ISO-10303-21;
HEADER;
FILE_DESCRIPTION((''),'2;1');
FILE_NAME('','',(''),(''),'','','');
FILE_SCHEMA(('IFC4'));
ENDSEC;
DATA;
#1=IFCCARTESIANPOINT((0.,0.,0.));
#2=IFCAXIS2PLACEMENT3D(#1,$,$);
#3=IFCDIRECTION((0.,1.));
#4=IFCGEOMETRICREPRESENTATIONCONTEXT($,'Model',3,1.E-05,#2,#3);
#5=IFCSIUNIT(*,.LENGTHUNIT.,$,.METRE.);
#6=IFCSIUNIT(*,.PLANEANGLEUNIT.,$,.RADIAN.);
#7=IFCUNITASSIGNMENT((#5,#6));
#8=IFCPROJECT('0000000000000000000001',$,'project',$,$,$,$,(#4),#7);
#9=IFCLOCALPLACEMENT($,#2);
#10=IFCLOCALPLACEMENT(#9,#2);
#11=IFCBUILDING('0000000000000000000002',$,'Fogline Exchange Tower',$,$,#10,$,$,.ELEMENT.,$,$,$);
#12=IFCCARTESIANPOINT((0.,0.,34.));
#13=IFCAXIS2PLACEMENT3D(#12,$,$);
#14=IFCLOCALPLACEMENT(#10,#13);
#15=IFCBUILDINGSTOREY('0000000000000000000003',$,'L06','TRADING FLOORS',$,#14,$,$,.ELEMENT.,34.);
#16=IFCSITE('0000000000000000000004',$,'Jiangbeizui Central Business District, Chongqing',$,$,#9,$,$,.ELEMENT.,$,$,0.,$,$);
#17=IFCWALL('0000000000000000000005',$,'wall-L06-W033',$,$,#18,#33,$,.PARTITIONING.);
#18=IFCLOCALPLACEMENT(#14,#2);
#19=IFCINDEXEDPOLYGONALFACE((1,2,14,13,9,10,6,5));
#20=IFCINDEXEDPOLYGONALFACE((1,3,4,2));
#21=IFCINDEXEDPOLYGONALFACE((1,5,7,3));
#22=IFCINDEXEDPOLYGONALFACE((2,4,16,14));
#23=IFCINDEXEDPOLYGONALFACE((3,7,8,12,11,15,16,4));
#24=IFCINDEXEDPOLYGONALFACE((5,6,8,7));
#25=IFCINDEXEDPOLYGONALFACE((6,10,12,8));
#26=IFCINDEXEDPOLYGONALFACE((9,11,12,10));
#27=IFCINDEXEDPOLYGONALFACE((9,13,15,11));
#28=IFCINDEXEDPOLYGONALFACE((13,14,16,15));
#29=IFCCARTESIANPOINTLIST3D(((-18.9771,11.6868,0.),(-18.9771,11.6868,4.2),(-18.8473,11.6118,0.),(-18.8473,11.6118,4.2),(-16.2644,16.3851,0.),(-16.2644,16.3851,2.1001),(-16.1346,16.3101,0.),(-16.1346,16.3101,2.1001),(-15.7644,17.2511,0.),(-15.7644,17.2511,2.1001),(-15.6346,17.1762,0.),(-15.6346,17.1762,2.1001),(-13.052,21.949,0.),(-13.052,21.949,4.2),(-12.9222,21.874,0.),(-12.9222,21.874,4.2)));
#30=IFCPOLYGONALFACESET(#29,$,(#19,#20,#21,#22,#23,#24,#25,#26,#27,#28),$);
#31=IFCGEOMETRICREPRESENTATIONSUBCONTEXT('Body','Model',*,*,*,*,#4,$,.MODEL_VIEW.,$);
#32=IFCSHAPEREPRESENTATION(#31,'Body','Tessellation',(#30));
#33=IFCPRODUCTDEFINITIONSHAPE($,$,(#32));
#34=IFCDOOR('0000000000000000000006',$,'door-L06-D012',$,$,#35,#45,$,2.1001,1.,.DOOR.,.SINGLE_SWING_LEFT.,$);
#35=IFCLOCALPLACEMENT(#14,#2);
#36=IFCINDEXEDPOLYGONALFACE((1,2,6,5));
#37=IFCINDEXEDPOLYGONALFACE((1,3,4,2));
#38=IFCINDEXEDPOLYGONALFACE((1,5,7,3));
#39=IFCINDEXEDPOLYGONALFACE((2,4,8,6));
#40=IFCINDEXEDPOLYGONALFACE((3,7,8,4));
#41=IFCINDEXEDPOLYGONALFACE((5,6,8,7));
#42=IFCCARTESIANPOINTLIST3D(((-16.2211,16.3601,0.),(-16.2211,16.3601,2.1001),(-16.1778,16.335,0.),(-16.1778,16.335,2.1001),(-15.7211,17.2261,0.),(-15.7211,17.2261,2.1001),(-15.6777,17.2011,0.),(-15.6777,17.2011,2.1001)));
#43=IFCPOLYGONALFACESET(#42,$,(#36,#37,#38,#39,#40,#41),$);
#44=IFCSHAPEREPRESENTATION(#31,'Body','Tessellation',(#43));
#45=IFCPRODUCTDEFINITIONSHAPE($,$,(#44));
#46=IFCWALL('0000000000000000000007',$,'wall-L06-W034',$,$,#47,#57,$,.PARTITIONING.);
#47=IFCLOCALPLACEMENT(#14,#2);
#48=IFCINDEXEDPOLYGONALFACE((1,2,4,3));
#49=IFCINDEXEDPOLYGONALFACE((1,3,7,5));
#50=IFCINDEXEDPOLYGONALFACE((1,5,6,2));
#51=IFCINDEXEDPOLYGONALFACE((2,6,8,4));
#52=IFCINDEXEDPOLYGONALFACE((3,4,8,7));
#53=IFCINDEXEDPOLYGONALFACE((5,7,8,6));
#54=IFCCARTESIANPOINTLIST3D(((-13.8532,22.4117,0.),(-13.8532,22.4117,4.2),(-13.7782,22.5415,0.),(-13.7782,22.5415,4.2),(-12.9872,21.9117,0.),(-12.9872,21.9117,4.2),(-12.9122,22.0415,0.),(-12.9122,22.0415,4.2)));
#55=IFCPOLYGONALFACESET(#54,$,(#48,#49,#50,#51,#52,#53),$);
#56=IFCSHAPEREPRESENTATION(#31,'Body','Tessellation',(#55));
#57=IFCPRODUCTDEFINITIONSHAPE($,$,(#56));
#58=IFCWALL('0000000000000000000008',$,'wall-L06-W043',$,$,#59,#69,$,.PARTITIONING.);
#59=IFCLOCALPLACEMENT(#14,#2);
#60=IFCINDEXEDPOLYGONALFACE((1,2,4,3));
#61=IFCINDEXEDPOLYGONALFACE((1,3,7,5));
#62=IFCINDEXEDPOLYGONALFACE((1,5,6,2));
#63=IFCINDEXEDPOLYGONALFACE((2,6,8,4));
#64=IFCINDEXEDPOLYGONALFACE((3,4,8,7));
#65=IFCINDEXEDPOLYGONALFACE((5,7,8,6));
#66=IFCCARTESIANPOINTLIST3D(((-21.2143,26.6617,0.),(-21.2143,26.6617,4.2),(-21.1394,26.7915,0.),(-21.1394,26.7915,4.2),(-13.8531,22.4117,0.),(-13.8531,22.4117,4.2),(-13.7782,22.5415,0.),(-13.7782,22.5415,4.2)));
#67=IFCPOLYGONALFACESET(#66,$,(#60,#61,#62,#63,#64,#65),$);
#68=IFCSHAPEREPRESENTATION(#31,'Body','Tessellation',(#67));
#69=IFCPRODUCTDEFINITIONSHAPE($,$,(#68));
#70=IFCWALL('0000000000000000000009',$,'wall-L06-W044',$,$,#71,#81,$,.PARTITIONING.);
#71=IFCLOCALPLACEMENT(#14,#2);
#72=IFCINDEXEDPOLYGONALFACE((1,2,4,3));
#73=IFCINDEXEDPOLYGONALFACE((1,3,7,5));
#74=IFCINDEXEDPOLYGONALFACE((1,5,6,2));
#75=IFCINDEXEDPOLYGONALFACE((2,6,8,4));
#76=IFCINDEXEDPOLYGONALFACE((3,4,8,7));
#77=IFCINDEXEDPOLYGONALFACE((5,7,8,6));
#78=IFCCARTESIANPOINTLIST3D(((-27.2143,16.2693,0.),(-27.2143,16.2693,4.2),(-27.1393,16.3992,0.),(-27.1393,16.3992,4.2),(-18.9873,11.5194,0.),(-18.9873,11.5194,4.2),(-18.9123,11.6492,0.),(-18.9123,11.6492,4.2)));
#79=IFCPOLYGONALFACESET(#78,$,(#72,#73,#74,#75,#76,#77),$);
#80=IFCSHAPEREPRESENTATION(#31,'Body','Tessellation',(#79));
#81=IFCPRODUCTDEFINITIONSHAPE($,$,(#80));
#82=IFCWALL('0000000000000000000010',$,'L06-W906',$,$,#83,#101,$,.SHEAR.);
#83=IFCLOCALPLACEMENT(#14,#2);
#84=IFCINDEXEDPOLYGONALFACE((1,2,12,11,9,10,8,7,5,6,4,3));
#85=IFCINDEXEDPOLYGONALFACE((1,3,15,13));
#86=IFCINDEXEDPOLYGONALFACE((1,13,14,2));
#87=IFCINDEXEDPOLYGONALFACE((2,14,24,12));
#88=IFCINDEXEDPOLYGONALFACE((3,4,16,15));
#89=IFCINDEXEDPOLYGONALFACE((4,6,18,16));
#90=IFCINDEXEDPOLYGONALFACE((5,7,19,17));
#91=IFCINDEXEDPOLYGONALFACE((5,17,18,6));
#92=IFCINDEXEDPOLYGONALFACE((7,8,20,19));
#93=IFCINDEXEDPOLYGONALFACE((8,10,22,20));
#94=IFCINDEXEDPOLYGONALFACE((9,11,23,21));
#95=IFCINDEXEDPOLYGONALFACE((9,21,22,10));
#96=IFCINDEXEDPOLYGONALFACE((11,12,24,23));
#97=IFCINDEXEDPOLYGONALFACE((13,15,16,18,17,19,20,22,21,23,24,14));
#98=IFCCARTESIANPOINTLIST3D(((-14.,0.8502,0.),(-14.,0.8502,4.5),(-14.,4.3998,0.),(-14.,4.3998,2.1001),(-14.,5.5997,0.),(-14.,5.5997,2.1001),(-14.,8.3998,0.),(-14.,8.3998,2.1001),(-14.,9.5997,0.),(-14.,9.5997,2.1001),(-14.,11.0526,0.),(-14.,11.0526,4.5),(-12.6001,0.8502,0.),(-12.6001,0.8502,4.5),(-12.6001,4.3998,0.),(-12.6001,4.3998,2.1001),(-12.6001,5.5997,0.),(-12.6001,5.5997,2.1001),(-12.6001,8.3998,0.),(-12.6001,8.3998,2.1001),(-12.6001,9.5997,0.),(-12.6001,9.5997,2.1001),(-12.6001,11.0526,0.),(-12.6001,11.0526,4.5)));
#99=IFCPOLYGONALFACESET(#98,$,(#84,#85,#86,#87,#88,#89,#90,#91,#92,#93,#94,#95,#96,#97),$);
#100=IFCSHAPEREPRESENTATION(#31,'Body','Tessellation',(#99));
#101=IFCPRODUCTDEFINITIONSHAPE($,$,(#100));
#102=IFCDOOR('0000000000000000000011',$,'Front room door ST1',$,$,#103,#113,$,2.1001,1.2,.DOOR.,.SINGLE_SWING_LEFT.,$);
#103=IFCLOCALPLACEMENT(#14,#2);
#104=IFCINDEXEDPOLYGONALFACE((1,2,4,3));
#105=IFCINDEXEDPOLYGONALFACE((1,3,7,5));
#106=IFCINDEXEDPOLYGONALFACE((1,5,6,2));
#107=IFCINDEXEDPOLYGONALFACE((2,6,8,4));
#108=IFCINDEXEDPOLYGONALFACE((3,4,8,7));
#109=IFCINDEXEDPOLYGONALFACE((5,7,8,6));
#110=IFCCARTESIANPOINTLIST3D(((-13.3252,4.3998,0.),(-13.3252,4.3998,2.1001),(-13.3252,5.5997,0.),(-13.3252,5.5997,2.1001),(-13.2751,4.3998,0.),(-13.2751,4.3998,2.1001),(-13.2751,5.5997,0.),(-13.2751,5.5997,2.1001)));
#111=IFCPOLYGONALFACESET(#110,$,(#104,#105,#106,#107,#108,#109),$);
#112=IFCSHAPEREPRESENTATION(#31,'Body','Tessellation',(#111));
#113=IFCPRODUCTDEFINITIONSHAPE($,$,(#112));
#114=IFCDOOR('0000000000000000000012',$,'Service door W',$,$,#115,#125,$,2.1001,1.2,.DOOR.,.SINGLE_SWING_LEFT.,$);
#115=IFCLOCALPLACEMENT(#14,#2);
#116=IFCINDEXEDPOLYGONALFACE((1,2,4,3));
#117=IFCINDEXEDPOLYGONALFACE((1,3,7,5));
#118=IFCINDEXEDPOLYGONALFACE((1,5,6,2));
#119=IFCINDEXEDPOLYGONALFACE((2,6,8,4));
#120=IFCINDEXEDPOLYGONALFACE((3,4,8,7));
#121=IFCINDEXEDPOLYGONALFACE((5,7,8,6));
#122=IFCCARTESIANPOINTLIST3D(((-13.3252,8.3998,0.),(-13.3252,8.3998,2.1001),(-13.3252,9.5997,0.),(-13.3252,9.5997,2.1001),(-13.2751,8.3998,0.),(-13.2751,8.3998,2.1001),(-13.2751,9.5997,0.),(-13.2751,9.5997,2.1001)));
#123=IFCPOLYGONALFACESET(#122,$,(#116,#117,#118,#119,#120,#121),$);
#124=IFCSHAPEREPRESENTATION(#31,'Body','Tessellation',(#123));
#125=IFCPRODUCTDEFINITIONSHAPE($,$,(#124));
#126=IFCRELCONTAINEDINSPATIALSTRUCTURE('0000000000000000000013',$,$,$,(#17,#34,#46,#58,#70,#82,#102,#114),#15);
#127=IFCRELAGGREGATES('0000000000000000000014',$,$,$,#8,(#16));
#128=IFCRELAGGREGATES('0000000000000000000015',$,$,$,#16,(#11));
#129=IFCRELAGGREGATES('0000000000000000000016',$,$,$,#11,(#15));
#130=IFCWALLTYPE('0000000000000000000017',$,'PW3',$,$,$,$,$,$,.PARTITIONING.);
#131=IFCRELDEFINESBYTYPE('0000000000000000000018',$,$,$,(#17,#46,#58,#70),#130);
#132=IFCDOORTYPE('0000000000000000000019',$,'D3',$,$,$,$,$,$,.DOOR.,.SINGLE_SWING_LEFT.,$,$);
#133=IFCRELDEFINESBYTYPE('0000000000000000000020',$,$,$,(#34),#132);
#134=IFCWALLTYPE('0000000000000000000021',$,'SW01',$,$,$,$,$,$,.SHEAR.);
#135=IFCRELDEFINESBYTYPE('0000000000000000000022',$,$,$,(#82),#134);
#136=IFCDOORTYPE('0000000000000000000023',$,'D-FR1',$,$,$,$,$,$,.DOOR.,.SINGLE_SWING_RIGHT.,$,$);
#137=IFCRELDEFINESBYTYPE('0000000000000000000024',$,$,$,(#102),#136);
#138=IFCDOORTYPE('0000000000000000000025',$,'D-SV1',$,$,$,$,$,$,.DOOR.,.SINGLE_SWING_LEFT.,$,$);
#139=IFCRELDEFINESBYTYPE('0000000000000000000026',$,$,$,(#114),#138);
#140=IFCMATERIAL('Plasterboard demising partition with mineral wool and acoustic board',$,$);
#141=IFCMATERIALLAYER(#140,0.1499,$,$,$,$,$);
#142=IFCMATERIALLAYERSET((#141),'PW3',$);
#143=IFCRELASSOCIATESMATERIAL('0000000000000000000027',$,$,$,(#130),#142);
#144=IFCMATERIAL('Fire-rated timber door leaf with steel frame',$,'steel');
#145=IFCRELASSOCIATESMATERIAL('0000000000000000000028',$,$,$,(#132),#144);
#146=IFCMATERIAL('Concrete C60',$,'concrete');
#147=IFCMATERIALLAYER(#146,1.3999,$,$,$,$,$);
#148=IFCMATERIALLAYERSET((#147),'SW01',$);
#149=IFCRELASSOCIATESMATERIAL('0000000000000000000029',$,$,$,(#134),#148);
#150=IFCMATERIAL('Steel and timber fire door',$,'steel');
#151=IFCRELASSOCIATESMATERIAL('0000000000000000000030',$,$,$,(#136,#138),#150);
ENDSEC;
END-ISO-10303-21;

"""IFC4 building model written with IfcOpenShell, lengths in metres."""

from ifc_helpers import new_model, si_unit, direction, frame, frame_2d, origin, place, context, subcontext, project, spatial, rectangle, extrude, material, layer, layer_set, type_object, element, fill, save


model = new_model("IFC4")

# Units and contexts
model_context = context("Model", 3, precision=1e-05, world=origin(), true_north=direction((0.0, 1.0)))
body_context = subcontext(model_context, "Body", "Model", "MODEL_VIEW")
ifc_project = project(units=[si_unit("LENGTHUNIT", "METRE"), si_unit("PLANEANGLEUNIT", "RADIAN")], contexts=[model_context])

# Site, building, storey
site_placement = place(None, origin())
site = spatial("IfcSite", under=ifc_project, at=site_placement, Name="Jiangbeizui Central Business District, Chongqing", CompositionType="ELEMENT", RefElevation=0.0)
building_placement = place(site_placement, origin())
building = spatial("IfcBuilding", under=site, at=building_placement, Name="Fogline Exchange Tower", CompositionType="ELEMENT")
storey_placement = place(building_placement, frame((0.0, 0.0, 34.0)))
storey = spatial("IfcBuildingStorey", under=building, at=storey_placement, Name="L06", Description="TRADING FLOORS", CompositionType="ELEMENT", Elevation=34.0)

# Shared definitions
ifc_material_1 = material(Name="Plasterboard demising partition with mineral wool and acoustic board")
ifc_layer_1 = layer(ifc_material_1, 0.1499)
ifc_layer_set_1 = layer_set([ifc_layer_1], Name="PW3")
wall_type_1 = type_object("IfcWallType", Name="PW3", PredefinedType="PARTITIONING", material=ifc_layer_set_1)

# Wall, opening, door
wall_1_placement = place(storey_placement, frame((-18.9121, 11.6494, 0.0), z_axis=(0.0, 0.0, 1.0), x_axis=(0.50001, 0.86602, 0.0)))
wall_1 = element("IfcWall", 1, at=wall_1_placement, inside=storey, type_object=wall_type_1, Name="wall-L06-W033", PredefinedType="PARTITIONING", context=body_context, shape_type="SweptSolid", body=[
    extrude(rectangle(XDim=11.8499, YDim=0.1499, at=frame_2d((5.9248, 0.0))), origin(), (0.0, 0.0, 1.0), 4.2),
])
opening_1_placement = place(wall_1_placement, frame((5.425, 0.0, 0.0)))
opening_1 = element("IfcOpeningElement", 2, at=opening_1_placement, cuts=wall_1, PredefinedType="OPENING", context=body_context, shape_type="SweptSolid", body=[
    extrude(rectangle(XDim=1.0, YDim=2.1001, at=frame_2d((0.5, 1.05))), frame((0.0, 0.085, 0.0), z_axis=(0.0, -1.0, 0.0), x_axis=(1.0, 0.0, 0.0)), (0.0, 0.0, 1.0), 0.1699),
])
ifc_material_2 = material(Name="Fire-rated timber door leaf with steel frame", Category="steel")
door_type_1 = type_object("IfcDoorType", Name="D3", OperationType="SINGLE_SWING_LEFT", PredefinedType="DOOR", material=ifc_material_2)
door_1_placement = place(opening_1_placement, origin())
door_1 = element("IfcDoor", 3, at=door_1_placement, inside=storey, type_object=door_type_1, Name="door-L06-D012", OperationType="SINGLE_SWING_LEFT", OverallHeight=2.1001, OverallWidth=1.0, PredefinedType="DOOR", context=body_context, shape_type="SweptSolid", body=[
    extrude(rectangle(XDim=1.0, YDim=2.1001, at=frame_2d((0.5, 1.05))), frame((0.0, 0.0249, 0.0), z_axis=(0.0, -1.0, 0.0), x_axis=(1.0, 0.0, 0.0)), (0.0, 0.0, 1.0), 0.05),
])
fill(opening_1, door_1)

# Walls
wall_2_placement = place(storey_placement, frame((-12.9497, 21.9766, 0.0), z_axis=(0.0, 0.0, 1.0), x_axis=(-0.866011, 0.500025, 0.0)))
element("IfcWall", 4, at=wall_2_placement, inside=storey, type_object=wall_type_1, Name="wall-L06-W034", PredefinedType="PARTITIONING", context=body_context, shape_type="SweptSolid", body=[
    extrude(rectangle(XDim=1.0, YDim=0.1499, at=frame_2d((0.5, 0.0))), origin(), (0.0, 0.0, 1.0), 4.2),
])
wall_3_placement = place(storey_placement, frame((-13.8157, 22.4766, 0.0), z_axis=(0.0, 0.0, 1.0), x_axis=(-0.866022, 0.500007, 0.0)))
element("IfcWall", 5, at=wall_3_placement, inside=storey, type_object=wall_type_1, Name="wall-L06-W043", PredefinedType="PARTITIONING", context=body_context, shape_type="SweptSolid", body=[
    extrude(rectangle(XDim=8.5, YDim=0.1499, at=frame_2d((4.25, 0.0))), origin(), (0.0, 0.0, 1.0), 4.2),
])
wall_4_placement = place(storey_placement, frame((-18.9497, 11.5842, 0.0), z_axis=(0.0, 0.0, 1.0), x_axis=(-0.86602, 0.500009, 0.0)))
element("IfcWall", 6, at=wall_4_placement, inside=storey, type_object=wall_type_1, Name="wall-L06-W044", PredefinedType="PARTITIONING", context=body_context, shape_type="SweptSolid", body=[
    extrude(rectangle(XDim=9.4998, YDim=0.1499, at=frame_2d((4.75, 0.0))), origin(), (0.0, 0.0, 1.0), 4.2),
])

# Wall, openings, doors
ifc_material_3 = material(Name="Concrete C60", Category="concrete")
ifc_layer_2 = layer(ifc_material_3, 1.3999)
ifc_layer_set_2 = layer_set([ifc_layer_2], Name="SW01")
wall_type_2 = type_object("IfcWallType", Name="SW01", PredefinedType="SHEAR", material=ifc_layer_set_2)
wall_5_placement = place(storey_placement, frame((-13.3, 11.0525, 0.0), z_axis=(0.0, 0.0, 1.0), x_axis=(0.0, -1.0, 0.0)))
wall_5 = element("IfcWall", 7, at=wall_5_placement, inside=storey, type_object=wall_type_2, Name="L06-W906", PredefinedType="SHEAR", context=body_context, shape_type="SweptSolid", body=[
    extrude(rectangle(XDim=10.2024, YDim=1.3999, at=frame_2d((5.1011, 0.0))), origin(), (0.0, 0.0, 1.0), 4.5),
])
opening_2_placement = place(wall_5_placement, frame((5.4526, 0.0, 0.0)))
opening_2 = element("IfcOpeningElement", 8, at=opening_2_placement, cuts=wall_5, PredefinedType="OPENING", context=body_context, shape_type="SweptSolid", body=[
    extrude(rectangle(XDim=1.2, YDim=2.1001, at=frame_2d((0.6001, 1.05))), frame((0.0, 0.71, 0.0), z_axis=(0.0, -1.0, 0.0), x_axis=(1.0, 0.0, 0.0)), (0.0, 0.0, 1.0), 1.4199),
])
opening_3_placement = place(wall_5_placement, frame((1.4526, 0.0, 0.0)))
opening_3 = element("IfcOpeningElement", 9, at=opening_3_placement, cuts=wall_5, PredefinedType="OPENING", context=body_context, shape_type="SweptSolid", body=[
    extrude(rectangle(XDim=1.2, YDim=2.1001, at=frame_2d((0.6001, 1.05))), frame((0.0, 0.71, 0.0), z_axis=(0.0, -1.0, 0.0), x_axis=(1.0, 0.0, 0.0)), (0.0, 0.0, 1.0), 1.4199),
])
ifc_material_4 = material(Name="Steel and timber fire door", Category="steel")
door_type_2 = type_object("IfcDoorType", Name="D-FR1", OperationType="SINGLE_SWING_RIGHT", PredefinedType="DOOR", material=ifc_material_4)
door_2_placement = place(opening_2_placement, origin())
door_2 = element("IfcDoor", 10, at=door_2_placement, inside=storey, type_object=door_type_2, Name="Front room door ST1", OperationType="SINGLE_SWING_LEFT", OverallHeight=2.1001, OverallWidth=1.2, PredefinedType="DOOR", context=body_context, shape_type="SweptSolid", body=[
    extrude(rectangle(XDim=1.2, YDim=2.1001, at=frame_2d((0.6001, 1.05))), frame((0.0, 0.0249, 0.0), z_axis=(0.0, -1.0, 0.0), x_axis=(1.0, 0.0, 0.0)), (0.0, 0.0, 1.0), 0.05),
])
fill(opening_2, door_2)
door_type_3 = type_object("IfcDoorType", Name="D-SV1", OperationType="SINGLE_SWING_LEFT", PredefinedType="DOOR", material=ifc_material_4)
door_3_placement = place(opening_3_placement, origin())
door_3 = element("IfcDoor", 11, at=door_3_placement, inside=storey, type_object=door_type_3, Name="Service door W", OperationType="SINGLE_SWING_LEFT", OverallHeight=2.1001, OverallWidth=1.2, PredefinedType="DOOR", context=body_context, shape_type="SweptSolid", body=[
    extrude(rectangle(XDim=1.2, YDim=2.1001, at=frame_2d((0.6001, 1.05))), frame((0.0, 0.0249, 0.0), z_axis=(0.0, -1.0, 0.0), x_axis=(1.0, 0.0, 0.0)), (0.0, 0.0, 1.0), 0.05),
])
fill(opening_3, door_3)

save(model, "model.ifc")
